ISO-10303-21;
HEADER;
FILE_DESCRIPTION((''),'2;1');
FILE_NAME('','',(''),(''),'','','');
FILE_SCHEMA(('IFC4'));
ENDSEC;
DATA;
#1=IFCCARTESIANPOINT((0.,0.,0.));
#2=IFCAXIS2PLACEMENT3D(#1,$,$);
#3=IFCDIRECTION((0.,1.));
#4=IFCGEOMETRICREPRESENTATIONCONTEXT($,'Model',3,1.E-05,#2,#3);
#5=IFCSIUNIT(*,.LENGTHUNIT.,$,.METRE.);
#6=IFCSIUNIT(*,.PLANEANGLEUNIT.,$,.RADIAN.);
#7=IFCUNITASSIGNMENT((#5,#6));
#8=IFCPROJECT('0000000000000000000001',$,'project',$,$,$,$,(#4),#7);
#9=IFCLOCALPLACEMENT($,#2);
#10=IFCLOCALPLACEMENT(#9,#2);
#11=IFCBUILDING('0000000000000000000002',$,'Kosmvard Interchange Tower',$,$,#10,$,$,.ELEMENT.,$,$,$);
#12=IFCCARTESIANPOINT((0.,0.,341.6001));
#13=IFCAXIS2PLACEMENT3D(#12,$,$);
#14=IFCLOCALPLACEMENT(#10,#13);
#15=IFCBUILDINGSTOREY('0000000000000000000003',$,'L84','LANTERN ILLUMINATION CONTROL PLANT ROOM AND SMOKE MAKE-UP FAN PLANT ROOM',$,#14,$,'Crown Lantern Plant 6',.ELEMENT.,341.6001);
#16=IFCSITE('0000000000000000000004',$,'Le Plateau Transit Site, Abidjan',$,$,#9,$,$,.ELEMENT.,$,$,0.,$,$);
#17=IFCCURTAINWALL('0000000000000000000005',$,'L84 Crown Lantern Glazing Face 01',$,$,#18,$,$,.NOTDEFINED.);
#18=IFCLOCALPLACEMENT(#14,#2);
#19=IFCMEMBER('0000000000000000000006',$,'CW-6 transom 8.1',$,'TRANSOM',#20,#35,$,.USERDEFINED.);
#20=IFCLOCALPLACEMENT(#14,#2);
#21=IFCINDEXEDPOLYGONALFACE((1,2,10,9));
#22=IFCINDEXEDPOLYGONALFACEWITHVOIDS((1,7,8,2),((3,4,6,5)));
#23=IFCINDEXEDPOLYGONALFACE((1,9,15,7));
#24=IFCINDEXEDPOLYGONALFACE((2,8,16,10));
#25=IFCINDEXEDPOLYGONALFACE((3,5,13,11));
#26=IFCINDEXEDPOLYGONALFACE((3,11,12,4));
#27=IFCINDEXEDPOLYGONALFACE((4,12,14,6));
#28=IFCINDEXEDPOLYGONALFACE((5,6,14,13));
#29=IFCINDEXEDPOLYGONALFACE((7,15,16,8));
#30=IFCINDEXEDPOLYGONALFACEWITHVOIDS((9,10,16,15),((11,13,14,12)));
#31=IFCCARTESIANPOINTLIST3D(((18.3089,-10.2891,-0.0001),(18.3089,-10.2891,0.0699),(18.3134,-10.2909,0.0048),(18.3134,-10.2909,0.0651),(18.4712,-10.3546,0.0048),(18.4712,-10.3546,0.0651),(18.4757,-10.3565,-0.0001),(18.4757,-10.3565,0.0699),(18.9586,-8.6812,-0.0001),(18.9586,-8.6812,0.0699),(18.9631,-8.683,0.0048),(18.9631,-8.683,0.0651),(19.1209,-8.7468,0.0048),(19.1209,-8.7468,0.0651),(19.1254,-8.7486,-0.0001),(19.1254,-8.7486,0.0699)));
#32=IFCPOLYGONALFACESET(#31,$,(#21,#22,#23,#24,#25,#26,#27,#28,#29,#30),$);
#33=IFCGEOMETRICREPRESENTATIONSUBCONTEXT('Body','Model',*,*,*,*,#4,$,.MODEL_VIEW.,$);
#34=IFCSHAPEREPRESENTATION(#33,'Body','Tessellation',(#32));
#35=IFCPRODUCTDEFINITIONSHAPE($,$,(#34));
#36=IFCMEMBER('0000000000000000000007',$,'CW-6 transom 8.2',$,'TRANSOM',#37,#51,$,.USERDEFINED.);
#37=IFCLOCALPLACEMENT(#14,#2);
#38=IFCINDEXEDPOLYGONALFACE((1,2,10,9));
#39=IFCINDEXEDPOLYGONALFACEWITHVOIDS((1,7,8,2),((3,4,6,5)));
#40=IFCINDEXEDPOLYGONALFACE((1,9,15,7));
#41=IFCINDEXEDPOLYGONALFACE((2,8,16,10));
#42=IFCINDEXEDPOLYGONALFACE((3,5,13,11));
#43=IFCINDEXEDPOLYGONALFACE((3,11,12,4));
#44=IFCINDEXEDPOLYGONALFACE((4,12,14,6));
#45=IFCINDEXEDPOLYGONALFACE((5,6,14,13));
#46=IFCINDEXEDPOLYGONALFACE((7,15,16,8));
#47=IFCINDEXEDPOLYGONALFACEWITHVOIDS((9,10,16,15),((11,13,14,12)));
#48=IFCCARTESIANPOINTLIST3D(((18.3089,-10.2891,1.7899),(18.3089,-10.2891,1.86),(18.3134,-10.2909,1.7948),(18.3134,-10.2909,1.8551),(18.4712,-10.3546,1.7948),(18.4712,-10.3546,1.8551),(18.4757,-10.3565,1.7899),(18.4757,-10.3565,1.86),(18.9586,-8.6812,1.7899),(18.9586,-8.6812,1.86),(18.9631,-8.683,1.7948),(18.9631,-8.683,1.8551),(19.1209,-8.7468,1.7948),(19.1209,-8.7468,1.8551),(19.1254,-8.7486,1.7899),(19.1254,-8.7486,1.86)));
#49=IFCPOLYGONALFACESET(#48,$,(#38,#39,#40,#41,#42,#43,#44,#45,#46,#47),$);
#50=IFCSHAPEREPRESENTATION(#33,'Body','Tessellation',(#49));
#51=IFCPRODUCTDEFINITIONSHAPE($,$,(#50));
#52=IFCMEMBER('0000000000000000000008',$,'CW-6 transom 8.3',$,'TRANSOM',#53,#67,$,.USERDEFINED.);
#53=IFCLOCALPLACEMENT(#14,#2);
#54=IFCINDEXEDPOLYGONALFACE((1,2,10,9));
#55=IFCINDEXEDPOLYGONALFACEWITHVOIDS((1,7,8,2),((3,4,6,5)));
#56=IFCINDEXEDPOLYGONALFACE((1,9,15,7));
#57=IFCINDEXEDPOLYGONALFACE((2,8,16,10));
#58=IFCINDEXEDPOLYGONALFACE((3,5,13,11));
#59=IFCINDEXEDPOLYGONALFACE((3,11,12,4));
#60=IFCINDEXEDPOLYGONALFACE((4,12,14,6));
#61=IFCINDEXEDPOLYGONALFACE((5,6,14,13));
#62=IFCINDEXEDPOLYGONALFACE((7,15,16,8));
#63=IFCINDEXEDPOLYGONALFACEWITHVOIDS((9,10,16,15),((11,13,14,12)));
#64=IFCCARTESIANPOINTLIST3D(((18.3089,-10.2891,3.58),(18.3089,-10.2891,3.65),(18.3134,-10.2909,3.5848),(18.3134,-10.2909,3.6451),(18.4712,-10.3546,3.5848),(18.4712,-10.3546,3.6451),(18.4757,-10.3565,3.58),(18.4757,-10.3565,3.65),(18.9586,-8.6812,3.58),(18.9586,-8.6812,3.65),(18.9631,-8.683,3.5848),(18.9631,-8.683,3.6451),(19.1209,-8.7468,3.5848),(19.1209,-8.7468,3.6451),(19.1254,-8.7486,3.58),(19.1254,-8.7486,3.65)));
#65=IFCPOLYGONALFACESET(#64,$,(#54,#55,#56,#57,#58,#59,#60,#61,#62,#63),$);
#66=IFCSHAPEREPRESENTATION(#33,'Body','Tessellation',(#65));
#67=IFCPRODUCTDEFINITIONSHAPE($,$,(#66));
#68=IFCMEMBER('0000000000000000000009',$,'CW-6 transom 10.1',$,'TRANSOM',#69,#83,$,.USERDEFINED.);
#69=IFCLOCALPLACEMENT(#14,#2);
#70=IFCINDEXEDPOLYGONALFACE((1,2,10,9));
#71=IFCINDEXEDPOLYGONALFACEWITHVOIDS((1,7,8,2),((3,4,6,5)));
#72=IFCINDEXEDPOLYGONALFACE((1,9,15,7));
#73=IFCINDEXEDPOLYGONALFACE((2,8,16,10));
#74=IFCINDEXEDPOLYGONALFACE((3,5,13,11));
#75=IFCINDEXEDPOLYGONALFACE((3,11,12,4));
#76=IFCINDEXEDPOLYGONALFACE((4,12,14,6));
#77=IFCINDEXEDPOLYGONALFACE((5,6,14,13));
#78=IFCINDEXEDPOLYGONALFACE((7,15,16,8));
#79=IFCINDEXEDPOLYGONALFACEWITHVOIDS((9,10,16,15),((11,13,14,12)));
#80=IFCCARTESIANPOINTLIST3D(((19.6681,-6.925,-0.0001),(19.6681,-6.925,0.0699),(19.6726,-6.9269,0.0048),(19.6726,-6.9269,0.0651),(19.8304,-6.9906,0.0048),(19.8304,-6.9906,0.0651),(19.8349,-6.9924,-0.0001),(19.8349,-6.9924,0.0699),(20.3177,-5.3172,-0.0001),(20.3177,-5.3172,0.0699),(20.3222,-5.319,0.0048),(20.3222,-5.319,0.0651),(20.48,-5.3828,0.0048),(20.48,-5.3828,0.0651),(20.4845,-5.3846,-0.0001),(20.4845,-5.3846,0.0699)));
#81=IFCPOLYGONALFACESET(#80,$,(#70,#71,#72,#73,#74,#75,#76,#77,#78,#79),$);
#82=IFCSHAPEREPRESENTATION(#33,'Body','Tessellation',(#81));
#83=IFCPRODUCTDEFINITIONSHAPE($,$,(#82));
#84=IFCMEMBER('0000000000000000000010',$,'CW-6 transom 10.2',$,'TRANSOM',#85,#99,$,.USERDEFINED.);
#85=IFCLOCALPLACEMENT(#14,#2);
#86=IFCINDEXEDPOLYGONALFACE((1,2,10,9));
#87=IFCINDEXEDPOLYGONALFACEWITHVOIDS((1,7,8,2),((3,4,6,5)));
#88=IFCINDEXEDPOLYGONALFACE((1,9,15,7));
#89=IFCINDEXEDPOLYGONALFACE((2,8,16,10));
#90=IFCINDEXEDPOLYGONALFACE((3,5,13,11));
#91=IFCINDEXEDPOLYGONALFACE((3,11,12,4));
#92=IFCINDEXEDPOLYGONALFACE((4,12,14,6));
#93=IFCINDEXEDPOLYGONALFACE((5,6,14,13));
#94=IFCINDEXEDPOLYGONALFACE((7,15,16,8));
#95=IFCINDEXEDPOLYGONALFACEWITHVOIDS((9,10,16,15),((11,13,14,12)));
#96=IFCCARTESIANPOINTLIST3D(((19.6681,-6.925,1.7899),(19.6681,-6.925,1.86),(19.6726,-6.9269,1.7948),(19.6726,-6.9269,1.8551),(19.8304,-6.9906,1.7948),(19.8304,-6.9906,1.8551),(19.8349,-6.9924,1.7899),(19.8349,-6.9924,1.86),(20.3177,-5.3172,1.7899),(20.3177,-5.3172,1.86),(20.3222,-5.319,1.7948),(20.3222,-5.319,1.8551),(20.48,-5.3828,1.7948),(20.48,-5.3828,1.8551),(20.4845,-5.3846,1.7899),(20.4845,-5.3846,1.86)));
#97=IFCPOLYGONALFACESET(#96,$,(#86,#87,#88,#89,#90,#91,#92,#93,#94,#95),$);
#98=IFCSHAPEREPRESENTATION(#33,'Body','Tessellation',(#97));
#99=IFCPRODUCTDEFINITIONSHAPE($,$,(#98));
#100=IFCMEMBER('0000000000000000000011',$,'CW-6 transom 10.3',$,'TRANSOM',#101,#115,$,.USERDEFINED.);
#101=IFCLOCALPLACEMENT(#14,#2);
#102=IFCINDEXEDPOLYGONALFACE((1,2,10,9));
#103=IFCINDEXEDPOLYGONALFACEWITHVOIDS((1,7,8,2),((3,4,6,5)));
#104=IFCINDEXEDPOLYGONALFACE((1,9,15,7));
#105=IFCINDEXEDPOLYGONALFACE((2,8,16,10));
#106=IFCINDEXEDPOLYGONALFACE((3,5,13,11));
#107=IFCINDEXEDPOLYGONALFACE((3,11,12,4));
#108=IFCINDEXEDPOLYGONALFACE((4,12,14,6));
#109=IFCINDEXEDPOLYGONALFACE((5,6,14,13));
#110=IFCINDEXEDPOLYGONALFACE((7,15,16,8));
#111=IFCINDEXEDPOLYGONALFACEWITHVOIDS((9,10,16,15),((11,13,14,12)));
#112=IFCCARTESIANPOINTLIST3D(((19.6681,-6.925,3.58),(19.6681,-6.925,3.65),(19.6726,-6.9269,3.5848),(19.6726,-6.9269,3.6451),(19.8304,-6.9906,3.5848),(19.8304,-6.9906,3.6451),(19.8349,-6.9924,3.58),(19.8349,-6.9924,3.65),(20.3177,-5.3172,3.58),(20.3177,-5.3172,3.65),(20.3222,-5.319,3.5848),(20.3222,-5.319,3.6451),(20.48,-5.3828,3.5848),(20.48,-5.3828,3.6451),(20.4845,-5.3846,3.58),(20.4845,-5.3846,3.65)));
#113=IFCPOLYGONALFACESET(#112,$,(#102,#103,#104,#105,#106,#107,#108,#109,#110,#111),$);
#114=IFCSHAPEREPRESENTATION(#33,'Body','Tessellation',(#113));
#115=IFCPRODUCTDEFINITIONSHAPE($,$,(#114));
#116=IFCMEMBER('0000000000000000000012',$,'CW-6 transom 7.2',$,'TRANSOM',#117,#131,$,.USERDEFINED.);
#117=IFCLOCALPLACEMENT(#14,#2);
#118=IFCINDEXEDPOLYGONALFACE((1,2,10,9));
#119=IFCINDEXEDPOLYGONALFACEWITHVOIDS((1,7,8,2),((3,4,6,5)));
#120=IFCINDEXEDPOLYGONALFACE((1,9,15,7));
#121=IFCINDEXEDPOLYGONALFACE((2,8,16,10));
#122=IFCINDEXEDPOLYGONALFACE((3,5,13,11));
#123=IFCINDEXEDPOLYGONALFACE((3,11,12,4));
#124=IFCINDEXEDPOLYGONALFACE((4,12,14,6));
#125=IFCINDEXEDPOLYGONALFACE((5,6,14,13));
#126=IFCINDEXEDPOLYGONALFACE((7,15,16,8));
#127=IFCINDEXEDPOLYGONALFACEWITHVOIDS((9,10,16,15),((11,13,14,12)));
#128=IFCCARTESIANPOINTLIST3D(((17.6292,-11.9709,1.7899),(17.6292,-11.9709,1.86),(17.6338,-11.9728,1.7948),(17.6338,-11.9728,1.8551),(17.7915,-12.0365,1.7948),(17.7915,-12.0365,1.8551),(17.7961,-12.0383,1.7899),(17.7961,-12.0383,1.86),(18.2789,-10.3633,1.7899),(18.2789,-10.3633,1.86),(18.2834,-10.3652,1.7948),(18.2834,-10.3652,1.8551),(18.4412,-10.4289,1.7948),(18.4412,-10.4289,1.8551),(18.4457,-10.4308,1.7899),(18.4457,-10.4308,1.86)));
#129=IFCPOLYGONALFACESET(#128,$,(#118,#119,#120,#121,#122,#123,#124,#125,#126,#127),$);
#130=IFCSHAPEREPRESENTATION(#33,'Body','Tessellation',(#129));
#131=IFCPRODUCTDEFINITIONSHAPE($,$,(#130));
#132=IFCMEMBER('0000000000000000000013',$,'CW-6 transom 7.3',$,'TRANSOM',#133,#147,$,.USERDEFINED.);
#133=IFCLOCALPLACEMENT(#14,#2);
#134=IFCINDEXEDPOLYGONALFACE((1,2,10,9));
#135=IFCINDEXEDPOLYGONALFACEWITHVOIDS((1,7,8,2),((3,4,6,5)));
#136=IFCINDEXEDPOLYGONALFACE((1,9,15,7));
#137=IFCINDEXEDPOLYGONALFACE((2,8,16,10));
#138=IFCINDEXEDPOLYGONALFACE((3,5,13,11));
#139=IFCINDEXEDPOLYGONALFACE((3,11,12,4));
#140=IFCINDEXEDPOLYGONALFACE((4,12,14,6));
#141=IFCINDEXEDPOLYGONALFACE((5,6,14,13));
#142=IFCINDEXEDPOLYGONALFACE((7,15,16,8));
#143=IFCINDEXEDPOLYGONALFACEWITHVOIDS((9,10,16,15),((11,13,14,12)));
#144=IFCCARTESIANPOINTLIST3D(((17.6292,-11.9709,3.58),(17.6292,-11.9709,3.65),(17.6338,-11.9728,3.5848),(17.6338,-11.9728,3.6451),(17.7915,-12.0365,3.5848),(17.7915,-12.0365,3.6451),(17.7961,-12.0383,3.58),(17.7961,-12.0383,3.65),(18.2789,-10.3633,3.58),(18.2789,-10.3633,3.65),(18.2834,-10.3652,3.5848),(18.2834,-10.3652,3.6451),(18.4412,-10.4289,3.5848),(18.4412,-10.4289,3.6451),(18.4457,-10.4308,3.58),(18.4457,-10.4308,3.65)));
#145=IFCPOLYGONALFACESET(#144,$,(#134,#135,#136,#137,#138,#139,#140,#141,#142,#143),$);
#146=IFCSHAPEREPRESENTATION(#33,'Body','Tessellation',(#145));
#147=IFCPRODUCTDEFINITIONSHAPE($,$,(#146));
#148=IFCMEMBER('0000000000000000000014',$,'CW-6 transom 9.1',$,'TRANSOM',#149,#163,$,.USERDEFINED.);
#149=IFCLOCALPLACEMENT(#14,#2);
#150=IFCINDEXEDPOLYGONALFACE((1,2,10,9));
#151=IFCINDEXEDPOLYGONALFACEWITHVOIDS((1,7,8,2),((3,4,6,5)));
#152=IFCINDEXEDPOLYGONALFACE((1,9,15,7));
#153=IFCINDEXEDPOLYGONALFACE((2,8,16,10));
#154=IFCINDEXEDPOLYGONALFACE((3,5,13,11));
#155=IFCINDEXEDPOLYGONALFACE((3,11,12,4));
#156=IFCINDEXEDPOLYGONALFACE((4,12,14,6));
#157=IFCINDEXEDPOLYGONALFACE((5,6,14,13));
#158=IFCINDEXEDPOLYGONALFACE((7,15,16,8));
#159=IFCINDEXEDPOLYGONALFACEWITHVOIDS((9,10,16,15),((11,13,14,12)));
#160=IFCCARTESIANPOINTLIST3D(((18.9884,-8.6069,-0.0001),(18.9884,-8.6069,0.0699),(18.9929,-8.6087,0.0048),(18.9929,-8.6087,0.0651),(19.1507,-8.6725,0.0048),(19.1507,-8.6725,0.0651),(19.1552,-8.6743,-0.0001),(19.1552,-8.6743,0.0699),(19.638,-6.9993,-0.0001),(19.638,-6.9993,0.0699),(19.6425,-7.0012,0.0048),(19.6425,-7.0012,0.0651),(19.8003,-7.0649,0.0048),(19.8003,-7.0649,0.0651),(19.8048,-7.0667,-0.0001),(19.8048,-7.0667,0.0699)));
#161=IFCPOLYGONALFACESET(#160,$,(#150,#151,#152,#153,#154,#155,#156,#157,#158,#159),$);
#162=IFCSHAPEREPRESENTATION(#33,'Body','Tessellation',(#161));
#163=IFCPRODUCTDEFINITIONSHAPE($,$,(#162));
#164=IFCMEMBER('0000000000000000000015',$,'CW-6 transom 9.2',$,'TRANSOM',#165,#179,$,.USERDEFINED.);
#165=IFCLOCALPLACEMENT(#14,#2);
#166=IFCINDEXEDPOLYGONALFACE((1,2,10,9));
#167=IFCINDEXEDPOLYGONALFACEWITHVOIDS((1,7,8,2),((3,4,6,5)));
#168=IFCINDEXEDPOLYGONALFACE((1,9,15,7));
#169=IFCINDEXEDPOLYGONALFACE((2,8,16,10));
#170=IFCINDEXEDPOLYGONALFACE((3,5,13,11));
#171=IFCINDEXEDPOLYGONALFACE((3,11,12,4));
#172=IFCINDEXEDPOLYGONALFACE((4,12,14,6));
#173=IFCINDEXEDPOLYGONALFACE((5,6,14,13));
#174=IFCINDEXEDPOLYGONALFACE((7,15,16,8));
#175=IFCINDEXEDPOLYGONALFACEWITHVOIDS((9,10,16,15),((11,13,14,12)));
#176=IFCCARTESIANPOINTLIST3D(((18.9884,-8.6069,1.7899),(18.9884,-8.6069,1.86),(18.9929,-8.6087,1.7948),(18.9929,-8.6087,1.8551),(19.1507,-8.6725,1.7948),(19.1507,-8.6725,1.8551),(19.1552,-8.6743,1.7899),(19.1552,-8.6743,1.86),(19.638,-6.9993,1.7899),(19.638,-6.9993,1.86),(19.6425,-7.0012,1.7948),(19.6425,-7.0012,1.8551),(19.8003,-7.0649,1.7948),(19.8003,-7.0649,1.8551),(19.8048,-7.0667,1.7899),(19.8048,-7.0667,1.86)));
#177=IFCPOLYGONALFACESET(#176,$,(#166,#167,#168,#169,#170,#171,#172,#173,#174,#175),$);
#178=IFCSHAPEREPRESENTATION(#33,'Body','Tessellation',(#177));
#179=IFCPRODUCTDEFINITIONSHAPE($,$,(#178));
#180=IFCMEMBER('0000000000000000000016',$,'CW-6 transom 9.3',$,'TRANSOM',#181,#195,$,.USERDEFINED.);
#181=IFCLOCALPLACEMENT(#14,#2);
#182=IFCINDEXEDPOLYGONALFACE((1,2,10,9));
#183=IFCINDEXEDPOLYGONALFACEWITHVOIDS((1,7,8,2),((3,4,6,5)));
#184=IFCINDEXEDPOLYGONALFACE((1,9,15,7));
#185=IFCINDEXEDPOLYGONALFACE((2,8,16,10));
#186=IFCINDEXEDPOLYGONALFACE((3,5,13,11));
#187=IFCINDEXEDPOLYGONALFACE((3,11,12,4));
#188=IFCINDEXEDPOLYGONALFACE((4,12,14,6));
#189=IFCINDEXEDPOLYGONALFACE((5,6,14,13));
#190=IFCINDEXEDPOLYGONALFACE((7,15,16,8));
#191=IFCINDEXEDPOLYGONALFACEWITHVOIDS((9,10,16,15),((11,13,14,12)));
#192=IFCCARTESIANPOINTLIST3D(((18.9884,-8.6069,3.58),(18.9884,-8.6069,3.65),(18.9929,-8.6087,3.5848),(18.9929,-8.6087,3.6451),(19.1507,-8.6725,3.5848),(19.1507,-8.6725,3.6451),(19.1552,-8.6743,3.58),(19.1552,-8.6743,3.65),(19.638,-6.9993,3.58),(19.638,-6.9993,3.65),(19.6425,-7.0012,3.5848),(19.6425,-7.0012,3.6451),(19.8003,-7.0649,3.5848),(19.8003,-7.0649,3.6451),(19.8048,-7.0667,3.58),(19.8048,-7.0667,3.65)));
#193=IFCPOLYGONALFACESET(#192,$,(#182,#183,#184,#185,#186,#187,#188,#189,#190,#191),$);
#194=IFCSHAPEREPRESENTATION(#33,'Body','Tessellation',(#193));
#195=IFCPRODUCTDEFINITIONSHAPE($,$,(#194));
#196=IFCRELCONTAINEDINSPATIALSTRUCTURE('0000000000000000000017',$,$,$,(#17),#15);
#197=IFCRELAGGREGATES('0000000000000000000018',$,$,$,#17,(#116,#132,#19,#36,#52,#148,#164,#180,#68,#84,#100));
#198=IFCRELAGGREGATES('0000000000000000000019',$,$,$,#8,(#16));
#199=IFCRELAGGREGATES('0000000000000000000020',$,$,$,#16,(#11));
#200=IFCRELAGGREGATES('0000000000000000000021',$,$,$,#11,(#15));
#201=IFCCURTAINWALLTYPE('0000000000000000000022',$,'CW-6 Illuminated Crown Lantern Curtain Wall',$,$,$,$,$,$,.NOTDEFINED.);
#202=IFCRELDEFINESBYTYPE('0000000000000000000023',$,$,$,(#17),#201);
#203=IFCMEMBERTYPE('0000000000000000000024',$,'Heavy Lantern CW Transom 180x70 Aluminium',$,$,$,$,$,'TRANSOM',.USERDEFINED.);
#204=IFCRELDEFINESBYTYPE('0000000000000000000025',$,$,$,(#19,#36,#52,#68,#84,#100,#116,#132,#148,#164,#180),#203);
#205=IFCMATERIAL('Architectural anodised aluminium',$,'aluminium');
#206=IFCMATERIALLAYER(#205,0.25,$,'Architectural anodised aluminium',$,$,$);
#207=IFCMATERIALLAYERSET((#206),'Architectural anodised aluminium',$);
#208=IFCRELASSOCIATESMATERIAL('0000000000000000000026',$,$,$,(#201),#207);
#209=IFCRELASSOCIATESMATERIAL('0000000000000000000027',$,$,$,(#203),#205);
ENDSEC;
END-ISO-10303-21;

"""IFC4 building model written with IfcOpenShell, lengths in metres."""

from ifc_helpers import new_model, si_unit, direction, frame, origin, origin_2d, place, context, subcontext, project, spatial, hollow_rectangle, extrude, source, transform, mapped, material, layer, layer_set, material_profile, profile_set, type_object, element, aggregate, save


model = new_model("IFC4")

# Units and contexts
model_context = context("Model", 3, precision=1e-05, world=origin(), true_north=direction((0.0, 1.0)))
body_context = subcontext(model_context, "Body", "Model", "MODEL_VIEW")
ifc_project = project(units=[si_unit("LENGTHUNIT", "METRE"), si_unit("PLANEANGLEUNIT", "RADIAN")], contexts=[model_context])

# Site, building, storey
site_placement = place(None, origin())
site = spatial("IfcSite", under=ifc_project, at=site_placement, Name="Le Plateau Transit Site, Abidjan", CompositionType="ELEMENT", RefElevation=0.0)
building_placement = place(site_placement, origin())
building = spatial("IfcBuilding", under=site, at=building_placement, Name="Kosmvard Interchange Tower", CompositionType="ELEMENT")
storey_placement = place(building_placement, frame((0.0, 0.0, 341.6001)))
storey = spatial("IfcBuildingStorey", under=building, at=storey_placement, Name="L84", Description="LANTERN ILLUMINATION CONTROL PLANT ROOM AND SMOKE MAKE-UP FAN PLANT ROOM", LongName="Crown Lantern Plant 6", CompositionType="ELEMENT", Elevation=341.6001)

# Curtain wall, members
ifc_material_1 = material(Name="Architectural anodised aluminium", Category="aluminium")
ifc_layer_1 = layer(ifc_material_1, 0.25, Name="Architectural anodised aluminium")
ifc_layer_set_1 = layer_set([ifc_layer_1], Name="Architectural anodised aluminium")
curtain_wall_type = type_object("IfcCurtainWallType", Name="CW-6 Illuminated Crown Lantern Curtain Wall", PredefinedType="NOTDEFINED", material=ifc_layer_set_1)
curtain_wall_placement = place(storey_placement, origin())
curtain_wall = element("IfcCurtainWall", 1, at=curtain_wall_placement, inside=storey, type_object=curtain_wall_type, Name="L84 Crown Lantern Glazing Face 01", PredefinedType="NOTDEFINED")
ifc_material_profile_1 = material_profile(ifc_material_1, hollow_rectangle(XDim=0.1799, YDim=0.0701, WallThickness=0.0049, at=origin_2d()), Name="CWT 180x70x5")
ifc_profile_set_1 = profile_set([ifc_material_profile_1], Name="Architectural anodised aluminium")
member_type_1 = type_object("IfcMemberType", Name="Heavy Lantern CW Transom 180x70 Aluminium", ElementType="TRANSOM", PredefinedType="USERDEFINED", material=ifc_profile_set_1)
shared_shape_1 = source(origin(), body_context, "Body", "SweptSolid", [
    extrude(hollow_rectangle(XDim=0.1799, YDim=0.0701, WallThickness=0.0049, at=origin_2d()), origin(), (0.0, 0.0, 1.0), 1.7341),
])
member_1_placement = place(storey_placement, frame((18.3923, -10.3228, 0.0349), z_axis=(0.374617, 0.92718, 0.0), x_axis=(-0.92718, 0.374617, 0.0)))
member_1 = element("IfcMember", 2, at=member_1_placement, type_object=member_type_1, Name="CW-6 transom 8.1", ObjectType="TRANSOM", PredefinedType="USERDEFINED", context=body_context, shape_type="MappedRepresentation", body=[
    mapped(shared_shape_1, transform((0.0, 0.0, 0.0), scale=1.0)),
])
member_2_placement = place(storey_placement, frame((18.3923, -10.3228, 1.825), z_axis=(0.374617, 0.92718, 0.0), x_axis=(-0.92718, 0.374617, 0.0)))
member_2 = element("IfcMember", 3, at=member_2_placement, type_object=member_type_1, Name="CW-6 transom 8.2", ObjectType="TRANSOM", PredefinedType="USERDEFINED", context=body_context, shape_type="MappedRepresentation", body=[
    mapped(shared_shape_1, transform((0.0, 0.0, 0.0), scale=1.0)),
])
member_3_placement = place(storey_placement, frame((18.3923, -10.3228, 3.615), z_axis=(0.374617, 0.92718, 0.0), x_axis=(-0.92718, 0.374617, 0.0)))
member_3 = element("IfcMember", 4, at=member_3_placement, type_object=member_type_1, Name="CW-6 transom 8.3", ObjectType="TRANSOM", PredefinedType="USERDEFINED", context=body_context, shape_type="MappedRepresentation", body=[
    mapped(shared_shape_1, transform((0.0, 0.0, 0.0), scale=1.0)),
])
member_4_placement = place(storey_placement, frame((19.7515, -6.9587, 0.0349), z_axis=(0.374617, 0.92718, 0.0), x_axis=(-0.92718, 0.374617, 0.0)))
member_4 = element("IfcMember", 5, at=member_4_placement, type_object=member_type_1, Name="CW-6 transom 10.1", ObjectType="TRANSOM", PredefinedType="USERDEFINED", context=body_context, shape_type="MappedRepresentation", body=[
    mapped(shared_shape_1, transform((0.0, 0.0, 0.0), scale=1.0)),
])
member_5_placement = place(storey_placement, frame((19.7515, -6.9587, 1.825), z_axis=(0.374617, 0.92718, 0.0), x_axis=(-0.92718, 0.374617, 0.0)))
member_5 = element("IfcMember", 6, at=member_5_placement, type_object=member_type_1, Name="CW-6 transom 10.2", ObjectType="TRANSOM", PredefinedType="USERDEFINED", context=body_context, shape_type="MappedRepresentation", body=[
    mapped(shared_shape_1, transform((0.0, 0.0, 0.0), scale=1.0)),
])
member_6_placement = place(storey_placement, frame((19.7515, -6.9587, 3.615), z_axis=(0.374617, 0.92718, 0.0), x_axis=(-0.92718, 0.374617, 0.0)))
member_6 = element("IfcMember", 7, at=member_6_placement, type_object=member_type_1, Name="CW-6 transom 10.3", ObjectType="TRANSOM", PredefinedType="USERDEFINED", context=body_context, shape_type="MappedRepresentation", body=[
    mapped(shared_shape_1, transform((0.0, 0.0, 0.0), scale=1.0)),
])
shared_shape_2 = source(origin(), body_context, "Body", "SweptSolid", [
    extrude(hollow_rectangle(XDim=0.1799, YDim=0.0701, WallThickness=0.0049, at=origin_2d()), origin(), (0.0, 0.0, 1.0), 1.7339),
])
member_7_placement = place(storey_placement, frame((17.7126, -12.0046, 1.825), z_axis=(0.374666, 0.92716, 0.0), x_axis=(-0.92716, 0.374666, 0.0)))
member_7 = element("IfcMember", 8, at=member_7_placement, type_object=member_type_1, Name="CW-6 transom 7.2", ObjectType="TRANSOM", PredefinedType="USERDEFINED", context=body_context, shape_type="MappedRepresentation", body=[
    mapped(shared_shape_2, transform((0.0, 0.0, 0.0), scale=1.0)),
])
member_8_placement = place(storey_placement, frame((17.7126, -12.0046, 3.615), z_axis=(0.374666, 0.92716, 0.0), x_axis=(-0.92716, 0.374666, 0.0)))
member_8 = element("IfcMember", 9, at=member_8_placement, type_object=member_type_1, Name="CW-6 transom 7.3", ObjectType="TRANSOM", PredefinedType="USERDEFINED", context=body_context, shape_type="MappedRepresentation", body=[
    mapped(shared_shape_2, transform((0.0, 0.0, 0.0), scale=1.0)),
])
member_9_placement = place(storey_placement, frame((19.0718, -8.6406, 0.0349), z_axis=(0.374666, 0.92716, 0.0), x_axis=(-0.92716, 0.374666, 0.0)))
member_9 = element("IfcMember", 10, at=member_9_placement, type_object=member_type_1, Name="CW-6 transom 9.1", ObjectType="TRANSOM", PredefinedType="USERDEFINED", context=body_context, shape_type="MappedRepresentation", body=[
    mapped(shared_shape_2, transform((0.0, 0.0, 0.0), scale=1.0)),
])
member_10_placement = place(storey_placement, frame((19.0718, -8.6406, 1.825), z_axis=(0.374666, 0.92716, 0.0), x_axis=(-0.92716, 0.374666, 0.0)))
member_10 = element("IfcMember", 11, at=member_10_placement, type_object=member_type_1, Name="CW-6 transom 9.2", ObjectType="TRANSOM", PredefinedType="USERDEFINED", context=body_context, shape_type="MappedRepresentation", body=[
    mapped(shared_shape_2, transform((0.0, 0.0, 0.0), scale=1.0)),
])
member_11_placement = place(storey_placement, frame((19.0718, -8.6406, 3.615), z_axis=(0.374666, 0.92716, 0.0), x_axis=(-0.92716, 0.374666, 0.0)))
member_11 = element("IfcMember", 12, at=member_11_placement, type_object=member_type_1, Name="CW-6 transom 9.3", ObjectType="TRANSOM", PredefinedType="USERDEFINED", context=body_context, shape_type="MappedRepresentation", body=[
    mapped(shared_shape_2, transform((0.0, 0.0, 0.0), scale=1.0)),
])
aggregate(curtain_wall, [member_7, member_8, member_1, member_2, member_3, member_9, member_10, member_11, member_4, member_5, member_6])

save(model, "model.ifc")
